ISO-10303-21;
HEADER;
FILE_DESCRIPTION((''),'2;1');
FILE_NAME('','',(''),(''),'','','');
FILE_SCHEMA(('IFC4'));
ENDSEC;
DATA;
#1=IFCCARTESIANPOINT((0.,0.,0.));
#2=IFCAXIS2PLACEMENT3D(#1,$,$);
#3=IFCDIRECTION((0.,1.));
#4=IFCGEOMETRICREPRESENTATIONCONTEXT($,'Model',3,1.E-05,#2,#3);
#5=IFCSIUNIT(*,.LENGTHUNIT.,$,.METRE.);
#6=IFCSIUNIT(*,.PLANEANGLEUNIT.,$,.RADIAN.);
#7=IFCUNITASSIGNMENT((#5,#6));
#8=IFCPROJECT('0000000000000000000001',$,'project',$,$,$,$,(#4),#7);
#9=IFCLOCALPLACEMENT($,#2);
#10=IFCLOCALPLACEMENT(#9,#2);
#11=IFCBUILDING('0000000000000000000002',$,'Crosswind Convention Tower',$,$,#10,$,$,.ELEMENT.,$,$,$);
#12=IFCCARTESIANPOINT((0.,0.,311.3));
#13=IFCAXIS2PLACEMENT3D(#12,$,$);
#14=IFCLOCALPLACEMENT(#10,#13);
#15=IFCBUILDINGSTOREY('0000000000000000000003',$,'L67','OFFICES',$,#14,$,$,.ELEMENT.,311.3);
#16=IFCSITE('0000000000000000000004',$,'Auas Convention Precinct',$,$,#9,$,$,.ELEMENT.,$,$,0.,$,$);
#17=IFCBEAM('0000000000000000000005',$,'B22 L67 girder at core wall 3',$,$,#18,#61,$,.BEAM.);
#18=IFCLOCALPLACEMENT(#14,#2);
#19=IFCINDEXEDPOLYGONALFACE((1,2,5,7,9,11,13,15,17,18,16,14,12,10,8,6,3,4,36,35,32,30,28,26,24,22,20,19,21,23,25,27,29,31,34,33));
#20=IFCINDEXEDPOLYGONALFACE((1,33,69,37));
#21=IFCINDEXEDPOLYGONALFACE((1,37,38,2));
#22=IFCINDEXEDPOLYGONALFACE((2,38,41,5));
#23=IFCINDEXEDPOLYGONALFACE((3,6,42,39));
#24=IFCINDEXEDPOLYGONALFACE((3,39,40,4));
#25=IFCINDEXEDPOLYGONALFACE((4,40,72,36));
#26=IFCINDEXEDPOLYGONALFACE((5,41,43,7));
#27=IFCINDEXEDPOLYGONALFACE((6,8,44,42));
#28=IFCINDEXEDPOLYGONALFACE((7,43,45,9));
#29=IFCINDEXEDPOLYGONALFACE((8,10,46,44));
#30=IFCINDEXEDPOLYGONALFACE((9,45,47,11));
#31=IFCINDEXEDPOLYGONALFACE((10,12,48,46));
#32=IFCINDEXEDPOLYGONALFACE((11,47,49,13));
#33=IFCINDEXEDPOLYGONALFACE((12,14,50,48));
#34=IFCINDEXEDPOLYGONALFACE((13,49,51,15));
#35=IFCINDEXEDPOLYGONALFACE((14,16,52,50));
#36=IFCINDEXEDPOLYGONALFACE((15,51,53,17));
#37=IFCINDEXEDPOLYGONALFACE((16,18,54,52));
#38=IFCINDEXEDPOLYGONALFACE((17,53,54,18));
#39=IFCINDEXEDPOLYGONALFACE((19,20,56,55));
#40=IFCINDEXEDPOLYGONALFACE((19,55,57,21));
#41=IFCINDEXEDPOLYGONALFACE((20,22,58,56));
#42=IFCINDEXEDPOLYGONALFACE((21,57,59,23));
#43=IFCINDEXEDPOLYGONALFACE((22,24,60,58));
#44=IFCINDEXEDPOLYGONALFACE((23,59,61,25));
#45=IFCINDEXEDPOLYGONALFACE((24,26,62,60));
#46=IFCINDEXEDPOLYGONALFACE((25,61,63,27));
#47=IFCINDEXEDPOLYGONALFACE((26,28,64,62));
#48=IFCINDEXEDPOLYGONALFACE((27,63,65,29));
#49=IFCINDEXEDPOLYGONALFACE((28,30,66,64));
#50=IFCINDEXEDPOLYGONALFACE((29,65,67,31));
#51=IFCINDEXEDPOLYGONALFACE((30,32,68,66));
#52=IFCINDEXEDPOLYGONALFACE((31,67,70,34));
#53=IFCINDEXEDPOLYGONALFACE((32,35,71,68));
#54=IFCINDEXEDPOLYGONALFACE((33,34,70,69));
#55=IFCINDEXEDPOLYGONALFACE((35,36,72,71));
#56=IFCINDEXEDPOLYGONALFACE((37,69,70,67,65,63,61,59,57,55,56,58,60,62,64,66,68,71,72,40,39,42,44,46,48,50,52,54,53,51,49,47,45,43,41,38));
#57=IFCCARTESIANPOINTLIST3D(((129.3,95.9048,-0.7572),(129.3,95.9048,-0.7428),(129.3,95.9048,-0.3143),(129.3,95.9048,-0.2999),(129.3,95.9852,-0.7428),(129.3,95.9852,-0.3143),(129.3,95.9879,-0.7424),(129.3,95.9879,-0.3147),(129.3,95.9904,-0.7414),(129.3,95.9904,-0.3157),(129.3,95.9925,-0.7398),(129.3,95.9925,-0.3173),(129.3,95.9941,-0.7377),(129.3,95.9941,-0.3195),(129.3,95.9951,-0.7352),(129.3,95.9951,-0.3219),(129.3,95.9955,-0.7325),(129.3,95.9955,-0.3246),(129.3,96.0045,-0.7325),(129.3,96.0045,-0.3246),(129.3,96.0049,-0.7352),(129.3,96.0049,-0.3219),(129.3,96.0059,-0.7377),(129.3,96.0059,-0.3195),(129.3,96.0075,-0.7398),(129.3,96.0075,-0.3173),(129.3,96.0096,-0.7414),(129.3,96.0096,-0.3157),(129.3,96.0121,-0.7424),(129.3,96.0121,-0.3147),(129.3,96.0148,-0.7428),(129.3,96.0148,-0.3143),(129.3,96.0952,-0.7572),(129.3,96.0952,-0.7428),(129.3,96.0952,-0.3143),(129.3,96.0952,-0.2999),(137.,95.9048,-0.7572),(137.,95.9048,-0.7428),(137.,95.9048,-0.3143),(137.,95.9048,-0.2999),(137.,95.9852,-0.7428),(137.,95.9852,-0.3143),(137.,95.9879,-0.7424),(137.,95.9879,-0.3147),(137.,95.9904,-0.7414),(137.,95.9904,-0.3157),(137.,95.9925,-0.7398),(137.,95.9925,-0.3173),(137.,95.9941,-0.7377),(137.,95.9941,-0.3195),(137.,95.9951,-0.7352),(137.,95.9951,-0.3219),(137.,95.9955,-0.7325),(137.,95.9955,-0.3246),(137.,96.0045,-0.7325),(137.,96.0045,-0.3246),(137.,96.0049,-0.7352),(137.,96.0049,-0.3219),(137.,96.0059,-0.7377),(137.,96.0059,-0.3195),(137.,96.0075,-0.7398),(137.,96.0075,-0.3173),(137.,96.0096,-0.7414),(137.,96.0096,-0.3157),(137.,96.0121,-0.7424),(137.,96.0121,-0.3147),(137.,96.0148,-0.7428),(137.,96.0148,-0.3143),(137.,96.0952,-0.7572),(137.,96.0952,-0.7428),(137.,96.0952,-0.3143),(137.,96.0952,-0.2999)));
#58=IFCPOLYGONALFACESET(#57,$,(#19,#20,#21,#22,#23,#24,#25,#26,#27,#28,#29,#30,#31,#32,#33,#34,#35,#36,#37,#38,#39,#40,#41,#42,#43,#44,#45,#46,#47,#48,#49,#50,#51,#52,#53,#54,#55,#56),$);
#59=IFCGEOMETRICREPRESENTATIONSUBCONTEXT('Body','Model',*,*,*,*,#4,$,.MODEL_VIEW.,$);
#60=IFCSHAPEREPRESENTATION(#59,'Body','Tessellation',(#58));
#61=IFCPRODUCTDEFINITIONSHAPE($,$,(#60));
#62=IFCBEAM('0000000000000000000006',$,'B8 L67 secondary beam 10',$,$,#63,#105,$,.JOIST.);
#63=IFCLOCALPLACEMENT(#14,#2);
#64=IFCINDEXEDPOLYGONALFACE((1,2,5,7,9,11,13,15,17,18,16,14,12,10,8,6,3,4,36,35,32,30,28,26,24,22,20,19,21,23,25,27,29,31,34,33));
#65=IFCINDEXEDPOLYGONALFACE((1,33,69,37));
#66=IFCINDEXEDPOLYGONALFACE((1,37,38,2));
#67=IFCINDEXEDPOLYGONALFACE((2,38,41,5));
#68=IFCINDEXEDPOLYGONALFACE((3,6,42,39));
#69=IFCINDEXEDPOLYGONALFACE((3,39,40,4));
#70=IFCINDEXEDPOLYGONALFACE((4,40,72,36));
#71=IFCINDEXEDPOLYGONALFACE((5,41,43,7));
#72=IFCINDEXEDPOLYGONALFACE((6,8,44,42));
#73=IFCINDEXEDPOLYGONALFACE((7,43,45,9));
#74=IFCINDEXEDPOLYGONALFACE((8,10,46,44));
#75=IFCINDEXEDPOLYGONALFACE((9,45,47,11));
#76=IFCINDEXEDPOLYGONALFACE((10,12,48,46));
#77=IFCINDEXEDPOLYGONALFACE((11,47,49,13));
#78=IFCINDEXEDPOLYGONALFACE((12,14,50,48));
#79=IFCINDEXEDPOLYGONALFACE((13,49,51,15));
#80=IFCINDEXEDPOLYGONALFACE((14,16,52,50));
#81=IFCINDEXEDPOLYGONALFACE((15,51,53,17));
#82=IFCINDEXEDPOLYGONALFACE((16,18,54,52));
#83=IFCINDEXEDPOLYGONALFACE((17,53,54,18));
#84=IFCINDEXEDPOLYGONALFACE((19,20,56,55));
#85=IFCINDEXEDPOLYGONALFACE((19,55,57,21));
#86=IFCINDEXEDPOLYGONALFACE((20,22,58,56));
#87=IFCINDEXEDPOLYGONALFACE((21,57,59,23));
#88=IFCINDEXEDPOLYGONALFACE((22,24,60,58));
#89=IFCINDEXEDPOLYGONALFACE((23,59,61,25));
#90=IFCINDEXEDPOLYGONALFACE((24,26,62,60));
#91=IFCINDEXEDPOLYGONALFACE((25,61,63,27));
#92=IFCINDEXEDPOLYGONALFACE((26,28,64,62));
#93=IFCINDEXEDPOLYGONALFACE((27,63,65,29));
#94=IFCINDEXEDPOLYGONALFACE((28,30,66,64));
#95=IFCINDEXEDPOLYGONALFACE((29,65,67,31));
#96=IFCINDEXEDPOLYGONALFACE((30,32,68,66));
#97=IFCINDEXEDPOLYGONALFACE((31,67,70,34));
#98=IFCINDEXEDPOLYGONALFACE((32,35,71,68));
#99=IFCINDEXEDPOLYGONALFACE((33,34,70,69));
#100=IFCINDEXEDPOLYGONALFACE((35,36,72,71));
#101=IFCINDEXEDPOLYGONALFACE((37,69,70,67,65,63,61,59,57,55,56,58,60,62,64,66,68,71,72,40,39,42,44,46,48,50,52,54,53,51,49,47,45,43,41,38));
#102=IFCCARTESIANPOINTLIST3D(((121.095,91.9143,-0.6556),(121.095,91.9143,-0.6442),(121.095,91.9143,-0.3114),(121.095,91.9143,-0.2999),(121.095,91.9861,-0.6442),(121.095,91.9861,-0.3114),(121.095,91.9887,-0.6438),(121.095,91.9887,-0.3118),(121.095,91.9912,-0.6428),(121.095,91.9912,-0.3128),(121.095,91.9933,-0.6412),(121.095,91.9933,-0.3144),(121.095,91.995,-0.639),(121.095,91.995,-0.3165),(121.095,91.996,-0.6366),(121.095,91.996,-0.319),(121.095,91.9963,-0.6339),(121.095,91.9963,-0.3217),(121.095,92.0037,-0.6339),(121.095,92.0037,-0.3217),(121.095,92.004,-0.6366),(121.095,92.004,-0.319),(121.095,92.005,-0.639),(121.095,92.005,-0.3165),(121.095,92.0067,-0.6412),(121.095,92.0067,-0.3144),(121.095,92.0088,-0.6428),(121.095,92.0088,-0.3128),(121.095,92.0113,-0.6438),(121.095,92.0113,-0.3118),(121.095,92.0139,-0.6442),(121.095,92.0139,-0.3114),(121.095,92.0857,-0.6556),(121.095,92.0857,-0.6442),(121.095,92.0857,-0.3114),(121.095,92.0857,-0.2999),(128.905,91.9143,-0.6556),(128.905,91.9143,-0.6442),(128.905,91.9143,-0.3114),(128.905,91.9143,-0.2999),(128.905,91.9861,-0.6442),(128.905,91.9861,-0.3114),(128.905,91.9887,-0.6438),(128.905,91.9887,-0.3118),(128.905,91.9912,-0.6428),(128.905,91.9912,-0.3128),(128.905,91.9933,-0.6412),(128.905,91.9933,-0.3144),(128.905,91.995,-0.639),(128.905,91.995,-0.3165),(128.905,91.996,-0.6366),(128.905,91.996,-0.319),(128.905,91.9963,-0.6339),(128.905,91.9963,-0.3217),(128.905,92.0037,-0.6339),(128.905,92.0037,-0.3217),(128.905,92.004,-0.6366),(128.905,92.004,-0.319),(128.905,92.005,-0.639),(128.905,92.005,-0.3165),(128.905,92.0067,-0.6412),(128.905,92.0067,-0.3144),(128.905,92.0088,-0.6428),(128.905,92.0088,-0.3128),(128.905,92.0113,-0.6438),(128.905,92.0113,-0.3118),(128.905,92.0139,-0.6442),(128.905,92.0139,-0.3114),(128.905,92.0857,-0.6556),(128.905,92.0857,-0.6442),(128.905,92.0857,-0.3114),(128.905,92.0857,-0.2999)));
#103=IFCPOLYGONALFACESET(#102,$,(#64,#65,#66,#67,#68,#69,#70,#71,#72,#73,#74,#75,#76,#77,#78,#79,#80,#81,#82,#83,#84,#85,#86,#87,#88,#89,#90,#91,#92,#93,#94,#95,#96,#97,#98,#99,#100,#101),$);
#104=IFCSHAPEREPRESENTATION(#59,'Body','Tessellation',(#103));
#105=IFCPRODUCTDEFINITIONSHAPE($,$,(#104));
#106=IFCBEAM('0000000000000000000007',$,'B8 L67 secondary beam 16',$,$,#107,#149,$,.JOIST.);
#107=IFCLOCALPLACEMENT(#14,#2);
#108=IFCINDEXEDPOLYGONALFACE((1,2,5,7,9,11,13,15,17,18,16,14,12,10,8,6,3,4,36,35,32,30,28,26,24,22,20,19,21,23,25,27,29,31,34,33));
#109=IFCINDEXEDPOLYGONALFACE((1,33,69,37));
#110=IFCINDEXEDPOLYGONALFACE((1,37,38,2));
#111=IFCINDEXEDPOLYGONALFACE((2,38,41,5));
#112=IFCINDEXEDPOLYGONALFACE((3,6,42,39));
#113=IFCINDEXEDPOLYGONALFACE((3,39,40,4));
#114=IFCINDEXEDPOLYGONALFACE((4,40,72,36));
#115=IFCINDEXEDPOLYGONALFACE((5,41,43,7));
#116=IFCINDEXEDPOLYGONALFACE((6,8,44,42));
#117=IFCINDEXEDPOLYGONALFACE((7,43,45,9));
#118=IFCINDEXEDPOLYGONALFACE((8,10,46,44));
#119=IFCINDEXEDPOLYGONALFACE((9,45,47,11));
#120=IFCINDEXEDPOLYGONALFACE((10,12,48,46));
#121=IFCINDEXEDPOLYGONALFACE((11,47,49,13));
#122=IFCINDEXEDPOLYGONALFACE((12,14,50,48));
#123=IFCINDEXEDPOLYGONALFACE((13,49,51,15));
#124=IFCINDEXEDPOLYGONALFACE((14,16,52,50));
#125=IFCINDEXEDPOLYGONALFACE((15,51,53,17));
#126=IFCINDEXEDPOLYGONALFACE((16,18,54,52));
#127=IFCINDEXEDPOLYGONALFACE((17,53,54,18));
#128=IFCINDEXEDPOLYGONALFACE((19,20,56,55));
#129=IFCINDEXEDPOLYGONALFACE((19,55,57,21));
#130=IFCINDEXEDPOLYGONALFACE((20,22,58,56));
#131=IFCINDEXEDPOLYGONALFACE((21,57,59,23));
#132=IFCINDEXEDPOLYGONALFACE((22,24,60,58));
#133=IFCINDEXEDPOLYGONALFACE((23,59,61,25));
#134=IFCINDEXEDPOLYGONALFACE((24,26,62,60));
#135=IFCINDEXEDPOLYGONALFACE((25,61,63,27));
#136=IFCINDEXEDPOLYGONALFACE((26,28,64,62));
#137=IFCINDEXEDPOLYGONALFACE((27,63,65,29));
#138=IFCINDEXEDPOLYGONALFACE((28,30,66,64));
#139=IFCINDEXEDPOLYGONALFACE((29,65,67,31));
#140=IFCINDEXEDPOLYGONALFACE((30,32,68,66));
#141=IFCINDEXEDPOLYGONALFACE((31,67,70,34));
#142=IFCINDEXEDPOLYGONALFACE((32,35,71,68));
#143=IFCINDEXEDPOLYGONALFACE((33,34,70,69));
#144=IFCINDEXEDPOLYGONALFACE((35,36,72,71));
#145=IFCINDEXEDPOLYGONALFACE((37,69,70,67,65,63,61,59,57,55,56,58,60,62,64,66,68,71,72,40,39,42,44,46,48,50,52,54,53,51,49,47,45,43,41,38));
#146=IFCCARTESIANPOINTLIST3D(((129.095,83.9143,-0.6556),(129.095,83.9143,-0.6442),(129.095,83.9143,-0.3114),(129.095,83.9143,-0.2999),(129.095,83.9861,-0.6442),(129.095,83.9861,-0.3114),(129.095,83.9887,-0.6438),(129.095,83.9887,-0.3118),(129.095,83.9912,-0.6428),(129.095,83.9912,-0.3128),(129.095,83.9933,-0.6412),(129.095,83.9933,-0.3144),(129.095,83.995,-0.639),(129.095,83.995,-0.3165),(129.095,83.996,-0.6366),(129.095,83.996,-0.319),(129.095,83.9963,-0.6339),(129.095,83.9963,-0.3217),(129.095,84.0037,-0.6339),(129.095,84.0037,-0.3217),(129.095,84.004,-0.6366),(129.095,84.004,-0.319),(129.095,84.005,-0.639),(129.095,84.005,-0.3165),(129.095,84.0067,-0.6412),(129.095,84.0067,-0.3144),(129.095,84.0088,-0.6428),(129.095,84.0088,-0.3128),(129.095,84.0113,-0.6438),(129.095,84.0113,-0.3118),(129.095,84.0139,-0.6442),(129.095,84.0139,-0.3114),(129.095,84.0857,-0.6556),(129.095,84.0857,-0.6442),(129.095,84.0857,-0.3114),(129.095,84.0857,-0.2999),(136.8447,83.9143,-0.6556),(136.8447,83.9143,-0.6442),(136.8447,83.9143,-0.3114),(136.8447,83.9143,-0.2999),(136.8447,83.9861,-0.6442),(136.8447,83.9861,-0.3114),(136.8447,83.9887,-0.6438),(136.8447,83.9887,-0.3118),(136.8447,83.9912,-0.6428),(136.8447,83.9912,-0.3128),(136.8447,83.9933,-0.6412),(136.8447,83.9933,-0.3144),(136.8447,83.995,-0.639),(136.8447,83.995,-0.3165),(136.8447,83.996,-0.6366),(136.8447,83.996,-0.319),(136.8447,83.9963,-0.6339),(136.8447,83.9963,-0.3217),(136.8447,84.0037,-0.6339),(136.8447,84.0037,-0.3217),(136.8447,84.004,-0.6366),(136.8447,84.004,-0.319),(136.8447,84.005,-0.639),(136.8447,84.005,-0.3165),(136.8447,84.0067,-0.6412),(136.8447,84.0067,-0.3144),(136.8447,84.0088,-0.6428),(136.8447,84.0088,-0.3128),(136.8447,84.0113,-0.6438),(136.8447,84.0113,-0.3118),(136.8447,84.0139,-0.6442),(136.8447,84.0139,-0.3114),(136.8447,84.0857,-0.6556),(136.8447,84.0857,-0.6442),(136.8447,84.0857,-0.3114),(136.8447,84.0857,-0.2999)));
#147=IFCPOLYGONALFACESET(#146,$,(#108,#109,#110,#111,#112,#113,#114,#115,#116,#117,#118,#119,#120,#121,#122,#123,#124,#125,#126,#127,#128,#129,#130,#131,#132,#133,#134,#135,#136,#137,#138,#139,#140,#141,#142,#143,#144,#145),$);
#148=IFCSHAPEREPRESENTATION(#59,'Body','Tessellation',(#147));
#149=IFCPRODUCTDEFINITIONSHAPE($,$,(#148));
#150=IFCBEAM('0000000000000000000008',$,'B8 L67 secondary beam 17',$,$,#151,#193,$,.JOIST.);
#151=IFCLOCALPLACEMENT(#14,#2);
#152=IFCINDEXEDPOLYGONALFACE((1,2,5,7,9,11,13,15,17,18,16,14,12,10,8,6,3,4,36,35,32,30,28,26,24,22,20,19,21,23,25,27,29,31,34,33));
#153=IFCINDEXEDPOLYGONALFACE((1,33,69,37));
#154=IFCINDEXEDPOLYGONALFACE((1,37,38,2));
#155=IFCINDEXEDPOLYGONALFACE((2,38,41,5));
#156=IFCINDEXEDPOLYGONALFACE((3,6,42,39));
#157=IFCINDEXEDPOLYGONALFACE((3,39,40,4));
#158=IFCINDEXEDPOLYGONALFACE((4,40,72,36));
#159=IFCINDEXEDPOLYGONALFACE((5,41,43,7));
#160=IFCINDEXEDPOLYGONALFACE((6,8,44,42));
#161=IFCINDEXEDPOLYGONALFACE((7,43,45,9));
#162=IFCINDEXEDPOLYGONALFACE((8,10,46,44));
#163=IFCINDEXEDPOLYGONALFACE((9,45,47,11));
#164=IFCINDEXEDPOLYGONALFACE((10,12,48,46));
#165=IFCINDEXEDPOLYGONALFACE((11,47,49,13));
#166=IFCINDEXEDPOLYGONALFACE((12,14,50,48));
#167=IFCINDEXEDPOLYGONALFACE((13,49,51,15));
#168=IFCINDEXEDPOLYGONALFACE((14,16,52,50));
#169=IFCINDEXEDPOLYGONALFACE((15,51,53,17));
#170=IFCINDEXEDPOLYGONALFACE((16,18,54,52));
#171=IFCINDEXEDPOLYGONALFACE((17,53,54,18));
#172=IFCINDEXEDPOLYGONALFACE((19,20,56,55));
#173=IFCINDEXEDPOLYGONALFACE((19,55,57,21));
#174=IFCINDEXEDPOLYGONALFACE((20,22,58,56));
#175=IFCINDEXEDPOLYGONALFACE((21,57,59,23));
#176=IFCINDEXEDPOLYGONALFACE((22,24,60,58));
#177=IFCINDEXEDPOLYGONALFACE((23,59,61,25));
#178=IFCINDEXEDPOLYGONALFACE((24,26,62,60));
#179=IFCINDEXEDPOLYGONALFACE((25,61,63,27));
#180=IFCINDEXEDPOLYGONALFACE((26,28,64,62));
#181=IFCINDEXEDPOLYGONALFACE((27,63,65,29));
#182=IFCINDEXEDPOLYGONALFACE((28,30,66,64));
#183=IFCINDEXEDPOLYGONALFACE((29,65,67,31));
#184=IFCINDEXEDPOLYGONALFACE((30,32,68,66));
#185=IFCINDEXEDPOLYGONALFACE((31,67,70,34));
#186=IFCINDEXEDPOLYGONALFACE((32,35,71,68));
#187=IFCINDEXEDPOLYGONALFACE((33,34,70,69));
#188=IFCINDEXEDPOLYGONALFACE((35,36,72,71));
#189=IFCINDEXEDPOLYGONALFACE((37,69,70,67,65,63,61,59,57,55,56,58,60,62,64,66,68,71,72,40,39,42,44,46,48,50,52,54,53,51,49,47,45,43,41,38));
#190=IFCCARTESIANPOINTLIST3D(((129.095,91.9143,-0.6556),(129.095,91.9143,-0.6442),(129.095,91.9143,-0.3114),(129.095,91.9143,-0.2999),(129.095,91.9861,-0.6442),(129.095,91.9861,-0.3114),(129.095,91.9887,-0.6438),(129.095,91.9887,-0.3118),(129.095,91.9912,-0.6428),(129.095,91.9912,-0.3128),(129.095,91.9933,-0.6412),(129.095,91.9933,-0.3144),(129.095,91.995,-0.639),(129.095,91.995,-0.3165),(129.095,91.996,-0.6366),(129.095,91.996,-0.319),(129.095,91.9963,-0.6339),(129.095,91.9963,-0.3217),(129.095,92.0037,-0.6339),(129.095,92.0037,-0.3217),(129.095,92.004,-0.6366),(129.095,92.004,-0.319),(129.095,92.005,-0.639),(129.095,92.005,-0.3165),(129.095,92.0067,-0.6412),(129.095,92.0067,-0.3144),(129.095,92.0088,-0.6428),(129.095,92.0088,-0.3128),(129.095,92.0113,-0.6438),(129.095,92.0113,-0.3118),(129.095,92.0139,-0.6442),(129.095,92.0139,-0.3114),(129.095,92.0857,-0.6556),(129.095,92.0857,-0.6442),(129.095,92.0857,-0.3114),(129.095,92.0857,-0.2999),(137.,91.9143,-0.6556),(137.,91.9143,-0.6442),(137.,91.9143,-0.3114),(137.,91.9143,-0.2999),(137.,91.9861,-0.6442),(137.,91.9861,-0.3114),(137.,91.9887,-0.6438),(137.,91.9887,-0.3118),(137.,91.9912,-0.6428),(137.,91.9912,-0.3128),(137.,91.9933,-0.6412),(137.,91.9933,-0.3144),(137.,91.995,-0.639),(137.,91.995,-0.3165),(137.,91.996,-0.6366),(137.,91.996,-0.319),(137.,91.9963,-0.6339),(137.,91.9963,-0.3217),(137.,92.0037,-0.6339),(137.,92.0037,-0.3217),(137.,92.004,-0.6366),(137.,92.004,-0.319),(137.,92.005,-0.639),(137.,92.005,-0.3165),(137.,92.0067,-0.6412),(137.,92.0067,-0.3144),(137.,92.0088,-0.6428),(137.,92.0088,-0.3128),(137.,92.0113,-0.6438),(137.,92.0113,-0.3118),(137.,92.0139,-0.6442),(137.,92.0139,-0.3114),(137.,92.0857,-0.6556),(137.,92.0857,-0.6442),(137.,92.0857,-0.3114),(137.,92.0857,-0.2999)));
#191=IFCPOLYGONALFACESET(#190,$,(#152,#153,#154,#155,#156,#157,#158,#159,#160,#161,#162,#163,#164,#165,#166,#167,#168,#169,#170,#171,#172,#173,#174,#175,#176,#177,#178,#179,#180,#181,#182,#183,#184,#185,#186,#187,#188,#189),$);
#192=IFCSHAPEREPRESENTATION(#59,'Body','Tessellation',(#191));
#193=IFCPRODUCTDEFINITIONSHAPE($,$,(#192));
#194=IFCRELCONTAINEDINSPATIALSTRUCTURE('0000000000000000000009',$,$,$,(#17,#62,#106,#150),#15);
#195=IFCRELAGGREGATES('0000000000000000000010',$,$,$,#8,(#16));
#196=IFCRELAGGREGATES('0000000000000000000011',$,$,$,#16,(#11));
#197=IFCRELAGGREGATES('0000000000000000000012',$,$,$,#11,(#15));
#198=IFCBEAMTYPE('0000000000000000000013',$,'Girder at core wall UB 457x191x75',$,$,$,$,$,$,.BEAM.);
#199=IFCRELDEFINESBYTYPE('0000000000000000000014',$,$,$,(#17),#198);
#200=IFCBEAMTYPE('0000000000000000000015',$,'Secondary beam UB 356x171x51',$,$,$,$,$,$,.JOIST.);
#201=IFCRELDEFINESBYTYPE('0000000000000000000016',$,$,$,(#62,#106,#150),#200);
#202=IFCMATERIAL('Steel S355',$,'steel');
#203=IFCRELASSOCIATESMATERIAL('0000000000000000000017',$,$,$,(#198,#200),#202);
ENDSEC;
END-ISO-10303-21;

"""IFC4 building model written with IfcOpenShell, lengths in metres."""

from ifc_helpers import new_model, si_unit, direction, frame, origin, origin_2d, place, context, subcontext, project, spatial, i_section, extrude, material, material_profile, profile_set, type_object, element, save


model = new_model("IFC4")

# Units and contexts
model_context = context("Model", 3, precision=1e-05, world=origin(), true_north=direction((0.0, 1.0)))
body_context = subcontext(model_context, "Body", "Model", "MODEL_VIEW")
ifc_project = project(units=[si_unit("LENGTHUNIT", "METRE"), si_unit("PLANEANGLEUNIT", "RADIAN")], contexts=[model_context])

# Site, building, storey
site_placement = place(None, origin())
site = spatial("IfcSite", under=ifc_project, at=site_placement, Name="Auas Convention Precinct", CompositionType="ELEMENT", RefElevation=0.0)
building_placement = place(site_placement, origin())
building = spatial("IfcBuilding", under=site, at=building_placement, Name="Crosswind Convention Tower", CompositionType="ELEMENT")
storey_placement = place(building_placement, frame((0.0, 0.0, 311.3)))
storey = spatial("IfcBuildingStorey", under=building, at=storey_placement, Name="L67", Description="OFFICES", CompositionType="ELEMENT", Elevation=311.3)

# Beams
ifc_material_1 = material(Name="Steel S355", Category="steel")
ifc_material_profile_1 = material_profile(ifc_material_1, i_section(OverallWidth=0.1904, OverallDepth=0.4573, WebThickness=0.009, FlangeThickness=0.0144, FilletRadius=0.0103, at=origin_2d()), Name="UB 457x191x75")
ifc_profile_set_1 = profile_set([ifc_material_profile_1], Name="Steel S355")
beam_type_1 = type_object("IfcBeamType", Name="Girder at core wall UB 457x191x75", PredefinedType="BEAM", material=ifc_profile_set_1)
beam_1_placement = place(storey_placement, frame((129.3, 96.0, -0.5286), z_axis=(1.0, 0.0, 0.0), x_axis=(0.0, 1.0, 0.0)))
element("IfcBeam", 1, at=beam_1_placement, inside=storey, type_object=beam_type_1, Name="B22 L67 girder at core wall 3", PredefinedType="BEAM", context=body_context, shape_type="SweptSolid", body=[
    extrude(i_section(OverallWidth=0.1904, OverallDepth=0.4573, WebThickness=0.009, FlangeThickness=0.0144, FilletRadius=0.0103, at=origin_2d()), origin(), (0.0, 0.0, 1.0), 7.7),
])
ifc_material_profile_2 = material_profile(ifc_material_1, i_section(OverallWidth=0.1714, OverallDepth=0.3557, WebThickness=0.0073, FlangeThickness=0.0115, FilletRadius=0.0103, at=origin_2d()), Name="UB 356x171x51")
ifc_profile_set_2 = profile_set([ifc_material_profile_2], Name="Steel S355")
beam_type_2 = type_object("IfcBeamType", Name="Secondary beam UB 356x171x51", PredefinedType="JOIST", material=ifc_profile_set_2)
beam_2_placement = place(storey_placement, frame((121.095, 92.0, -0.4778), z_axis=(1.0, 0.0, 0.0), x_axis=(0.0, 1.0, 0.0)))
element("IfcBeam", 2, at=beam_2_placement, inside=storey, type_object=beam_type_2, Name="B8 L67 secondary beam 10", PredefinedType="JOIST", context=body_context, shape_type="SweptSolid", body=[
    extrude(i_section(OverallWidth=0.1714, OverallDepth=0.3557, WebThickness=0.0073, FlangeThickness=0.0115, FilletRadius=0.0103, at=origin_2d()), origin(), (0.0, 0.0, 1.0), 7.8101),
])
beam_3_placement = place(storey_placement, frame((129.095, 84.0, -0.4778), z_axis=(1.0, 0.0, 0.0), x_axis=(0.0, 1.0, 0.0)))
element("IfcBeam", 3, at=beam_3_placement, inside=storey, type_object=beam_type_2, Name="B8 L67 secondary beam 16", PredefinedType="JOIST", context=body_context, shape_type="SweptSolid", body=[
    extrude(i_section(OverallWidth=0.1714, OverallDepth=0.3557, WebThickness=0.0073, FlangeThickness=0.0115, FilletRadius=0.0103, at=origin_2d()), origin(), (0.0, 0.0, 1.0), 7.7498),
])
beam_4_placement = place(storey_placement, frame((129.095, 92.0, -0.4778), z_axis=(1.0, 0.0, 0.0), x_axis=(0.0, 1.0, 0.0)))
element("IfcBeam", 4, at=beam_4_placement, inside=storey, type_object=beam_type_2, Name="B8 L67 secondary beam 17", PredefinedType="JOIST", context=body_context, shape_type="SweptSolid", body=[
    extrude(i_section(OverallWidth=0.1714, OverallDepth=0.3557, WebThickness=0.0073, FlangeThickness=0.0115, FilletRadius=0.0103, at=origin_2d()), origin(), (0.0, 0.0, 1.0), 7.905),
])

save(model, "model.ifc")
